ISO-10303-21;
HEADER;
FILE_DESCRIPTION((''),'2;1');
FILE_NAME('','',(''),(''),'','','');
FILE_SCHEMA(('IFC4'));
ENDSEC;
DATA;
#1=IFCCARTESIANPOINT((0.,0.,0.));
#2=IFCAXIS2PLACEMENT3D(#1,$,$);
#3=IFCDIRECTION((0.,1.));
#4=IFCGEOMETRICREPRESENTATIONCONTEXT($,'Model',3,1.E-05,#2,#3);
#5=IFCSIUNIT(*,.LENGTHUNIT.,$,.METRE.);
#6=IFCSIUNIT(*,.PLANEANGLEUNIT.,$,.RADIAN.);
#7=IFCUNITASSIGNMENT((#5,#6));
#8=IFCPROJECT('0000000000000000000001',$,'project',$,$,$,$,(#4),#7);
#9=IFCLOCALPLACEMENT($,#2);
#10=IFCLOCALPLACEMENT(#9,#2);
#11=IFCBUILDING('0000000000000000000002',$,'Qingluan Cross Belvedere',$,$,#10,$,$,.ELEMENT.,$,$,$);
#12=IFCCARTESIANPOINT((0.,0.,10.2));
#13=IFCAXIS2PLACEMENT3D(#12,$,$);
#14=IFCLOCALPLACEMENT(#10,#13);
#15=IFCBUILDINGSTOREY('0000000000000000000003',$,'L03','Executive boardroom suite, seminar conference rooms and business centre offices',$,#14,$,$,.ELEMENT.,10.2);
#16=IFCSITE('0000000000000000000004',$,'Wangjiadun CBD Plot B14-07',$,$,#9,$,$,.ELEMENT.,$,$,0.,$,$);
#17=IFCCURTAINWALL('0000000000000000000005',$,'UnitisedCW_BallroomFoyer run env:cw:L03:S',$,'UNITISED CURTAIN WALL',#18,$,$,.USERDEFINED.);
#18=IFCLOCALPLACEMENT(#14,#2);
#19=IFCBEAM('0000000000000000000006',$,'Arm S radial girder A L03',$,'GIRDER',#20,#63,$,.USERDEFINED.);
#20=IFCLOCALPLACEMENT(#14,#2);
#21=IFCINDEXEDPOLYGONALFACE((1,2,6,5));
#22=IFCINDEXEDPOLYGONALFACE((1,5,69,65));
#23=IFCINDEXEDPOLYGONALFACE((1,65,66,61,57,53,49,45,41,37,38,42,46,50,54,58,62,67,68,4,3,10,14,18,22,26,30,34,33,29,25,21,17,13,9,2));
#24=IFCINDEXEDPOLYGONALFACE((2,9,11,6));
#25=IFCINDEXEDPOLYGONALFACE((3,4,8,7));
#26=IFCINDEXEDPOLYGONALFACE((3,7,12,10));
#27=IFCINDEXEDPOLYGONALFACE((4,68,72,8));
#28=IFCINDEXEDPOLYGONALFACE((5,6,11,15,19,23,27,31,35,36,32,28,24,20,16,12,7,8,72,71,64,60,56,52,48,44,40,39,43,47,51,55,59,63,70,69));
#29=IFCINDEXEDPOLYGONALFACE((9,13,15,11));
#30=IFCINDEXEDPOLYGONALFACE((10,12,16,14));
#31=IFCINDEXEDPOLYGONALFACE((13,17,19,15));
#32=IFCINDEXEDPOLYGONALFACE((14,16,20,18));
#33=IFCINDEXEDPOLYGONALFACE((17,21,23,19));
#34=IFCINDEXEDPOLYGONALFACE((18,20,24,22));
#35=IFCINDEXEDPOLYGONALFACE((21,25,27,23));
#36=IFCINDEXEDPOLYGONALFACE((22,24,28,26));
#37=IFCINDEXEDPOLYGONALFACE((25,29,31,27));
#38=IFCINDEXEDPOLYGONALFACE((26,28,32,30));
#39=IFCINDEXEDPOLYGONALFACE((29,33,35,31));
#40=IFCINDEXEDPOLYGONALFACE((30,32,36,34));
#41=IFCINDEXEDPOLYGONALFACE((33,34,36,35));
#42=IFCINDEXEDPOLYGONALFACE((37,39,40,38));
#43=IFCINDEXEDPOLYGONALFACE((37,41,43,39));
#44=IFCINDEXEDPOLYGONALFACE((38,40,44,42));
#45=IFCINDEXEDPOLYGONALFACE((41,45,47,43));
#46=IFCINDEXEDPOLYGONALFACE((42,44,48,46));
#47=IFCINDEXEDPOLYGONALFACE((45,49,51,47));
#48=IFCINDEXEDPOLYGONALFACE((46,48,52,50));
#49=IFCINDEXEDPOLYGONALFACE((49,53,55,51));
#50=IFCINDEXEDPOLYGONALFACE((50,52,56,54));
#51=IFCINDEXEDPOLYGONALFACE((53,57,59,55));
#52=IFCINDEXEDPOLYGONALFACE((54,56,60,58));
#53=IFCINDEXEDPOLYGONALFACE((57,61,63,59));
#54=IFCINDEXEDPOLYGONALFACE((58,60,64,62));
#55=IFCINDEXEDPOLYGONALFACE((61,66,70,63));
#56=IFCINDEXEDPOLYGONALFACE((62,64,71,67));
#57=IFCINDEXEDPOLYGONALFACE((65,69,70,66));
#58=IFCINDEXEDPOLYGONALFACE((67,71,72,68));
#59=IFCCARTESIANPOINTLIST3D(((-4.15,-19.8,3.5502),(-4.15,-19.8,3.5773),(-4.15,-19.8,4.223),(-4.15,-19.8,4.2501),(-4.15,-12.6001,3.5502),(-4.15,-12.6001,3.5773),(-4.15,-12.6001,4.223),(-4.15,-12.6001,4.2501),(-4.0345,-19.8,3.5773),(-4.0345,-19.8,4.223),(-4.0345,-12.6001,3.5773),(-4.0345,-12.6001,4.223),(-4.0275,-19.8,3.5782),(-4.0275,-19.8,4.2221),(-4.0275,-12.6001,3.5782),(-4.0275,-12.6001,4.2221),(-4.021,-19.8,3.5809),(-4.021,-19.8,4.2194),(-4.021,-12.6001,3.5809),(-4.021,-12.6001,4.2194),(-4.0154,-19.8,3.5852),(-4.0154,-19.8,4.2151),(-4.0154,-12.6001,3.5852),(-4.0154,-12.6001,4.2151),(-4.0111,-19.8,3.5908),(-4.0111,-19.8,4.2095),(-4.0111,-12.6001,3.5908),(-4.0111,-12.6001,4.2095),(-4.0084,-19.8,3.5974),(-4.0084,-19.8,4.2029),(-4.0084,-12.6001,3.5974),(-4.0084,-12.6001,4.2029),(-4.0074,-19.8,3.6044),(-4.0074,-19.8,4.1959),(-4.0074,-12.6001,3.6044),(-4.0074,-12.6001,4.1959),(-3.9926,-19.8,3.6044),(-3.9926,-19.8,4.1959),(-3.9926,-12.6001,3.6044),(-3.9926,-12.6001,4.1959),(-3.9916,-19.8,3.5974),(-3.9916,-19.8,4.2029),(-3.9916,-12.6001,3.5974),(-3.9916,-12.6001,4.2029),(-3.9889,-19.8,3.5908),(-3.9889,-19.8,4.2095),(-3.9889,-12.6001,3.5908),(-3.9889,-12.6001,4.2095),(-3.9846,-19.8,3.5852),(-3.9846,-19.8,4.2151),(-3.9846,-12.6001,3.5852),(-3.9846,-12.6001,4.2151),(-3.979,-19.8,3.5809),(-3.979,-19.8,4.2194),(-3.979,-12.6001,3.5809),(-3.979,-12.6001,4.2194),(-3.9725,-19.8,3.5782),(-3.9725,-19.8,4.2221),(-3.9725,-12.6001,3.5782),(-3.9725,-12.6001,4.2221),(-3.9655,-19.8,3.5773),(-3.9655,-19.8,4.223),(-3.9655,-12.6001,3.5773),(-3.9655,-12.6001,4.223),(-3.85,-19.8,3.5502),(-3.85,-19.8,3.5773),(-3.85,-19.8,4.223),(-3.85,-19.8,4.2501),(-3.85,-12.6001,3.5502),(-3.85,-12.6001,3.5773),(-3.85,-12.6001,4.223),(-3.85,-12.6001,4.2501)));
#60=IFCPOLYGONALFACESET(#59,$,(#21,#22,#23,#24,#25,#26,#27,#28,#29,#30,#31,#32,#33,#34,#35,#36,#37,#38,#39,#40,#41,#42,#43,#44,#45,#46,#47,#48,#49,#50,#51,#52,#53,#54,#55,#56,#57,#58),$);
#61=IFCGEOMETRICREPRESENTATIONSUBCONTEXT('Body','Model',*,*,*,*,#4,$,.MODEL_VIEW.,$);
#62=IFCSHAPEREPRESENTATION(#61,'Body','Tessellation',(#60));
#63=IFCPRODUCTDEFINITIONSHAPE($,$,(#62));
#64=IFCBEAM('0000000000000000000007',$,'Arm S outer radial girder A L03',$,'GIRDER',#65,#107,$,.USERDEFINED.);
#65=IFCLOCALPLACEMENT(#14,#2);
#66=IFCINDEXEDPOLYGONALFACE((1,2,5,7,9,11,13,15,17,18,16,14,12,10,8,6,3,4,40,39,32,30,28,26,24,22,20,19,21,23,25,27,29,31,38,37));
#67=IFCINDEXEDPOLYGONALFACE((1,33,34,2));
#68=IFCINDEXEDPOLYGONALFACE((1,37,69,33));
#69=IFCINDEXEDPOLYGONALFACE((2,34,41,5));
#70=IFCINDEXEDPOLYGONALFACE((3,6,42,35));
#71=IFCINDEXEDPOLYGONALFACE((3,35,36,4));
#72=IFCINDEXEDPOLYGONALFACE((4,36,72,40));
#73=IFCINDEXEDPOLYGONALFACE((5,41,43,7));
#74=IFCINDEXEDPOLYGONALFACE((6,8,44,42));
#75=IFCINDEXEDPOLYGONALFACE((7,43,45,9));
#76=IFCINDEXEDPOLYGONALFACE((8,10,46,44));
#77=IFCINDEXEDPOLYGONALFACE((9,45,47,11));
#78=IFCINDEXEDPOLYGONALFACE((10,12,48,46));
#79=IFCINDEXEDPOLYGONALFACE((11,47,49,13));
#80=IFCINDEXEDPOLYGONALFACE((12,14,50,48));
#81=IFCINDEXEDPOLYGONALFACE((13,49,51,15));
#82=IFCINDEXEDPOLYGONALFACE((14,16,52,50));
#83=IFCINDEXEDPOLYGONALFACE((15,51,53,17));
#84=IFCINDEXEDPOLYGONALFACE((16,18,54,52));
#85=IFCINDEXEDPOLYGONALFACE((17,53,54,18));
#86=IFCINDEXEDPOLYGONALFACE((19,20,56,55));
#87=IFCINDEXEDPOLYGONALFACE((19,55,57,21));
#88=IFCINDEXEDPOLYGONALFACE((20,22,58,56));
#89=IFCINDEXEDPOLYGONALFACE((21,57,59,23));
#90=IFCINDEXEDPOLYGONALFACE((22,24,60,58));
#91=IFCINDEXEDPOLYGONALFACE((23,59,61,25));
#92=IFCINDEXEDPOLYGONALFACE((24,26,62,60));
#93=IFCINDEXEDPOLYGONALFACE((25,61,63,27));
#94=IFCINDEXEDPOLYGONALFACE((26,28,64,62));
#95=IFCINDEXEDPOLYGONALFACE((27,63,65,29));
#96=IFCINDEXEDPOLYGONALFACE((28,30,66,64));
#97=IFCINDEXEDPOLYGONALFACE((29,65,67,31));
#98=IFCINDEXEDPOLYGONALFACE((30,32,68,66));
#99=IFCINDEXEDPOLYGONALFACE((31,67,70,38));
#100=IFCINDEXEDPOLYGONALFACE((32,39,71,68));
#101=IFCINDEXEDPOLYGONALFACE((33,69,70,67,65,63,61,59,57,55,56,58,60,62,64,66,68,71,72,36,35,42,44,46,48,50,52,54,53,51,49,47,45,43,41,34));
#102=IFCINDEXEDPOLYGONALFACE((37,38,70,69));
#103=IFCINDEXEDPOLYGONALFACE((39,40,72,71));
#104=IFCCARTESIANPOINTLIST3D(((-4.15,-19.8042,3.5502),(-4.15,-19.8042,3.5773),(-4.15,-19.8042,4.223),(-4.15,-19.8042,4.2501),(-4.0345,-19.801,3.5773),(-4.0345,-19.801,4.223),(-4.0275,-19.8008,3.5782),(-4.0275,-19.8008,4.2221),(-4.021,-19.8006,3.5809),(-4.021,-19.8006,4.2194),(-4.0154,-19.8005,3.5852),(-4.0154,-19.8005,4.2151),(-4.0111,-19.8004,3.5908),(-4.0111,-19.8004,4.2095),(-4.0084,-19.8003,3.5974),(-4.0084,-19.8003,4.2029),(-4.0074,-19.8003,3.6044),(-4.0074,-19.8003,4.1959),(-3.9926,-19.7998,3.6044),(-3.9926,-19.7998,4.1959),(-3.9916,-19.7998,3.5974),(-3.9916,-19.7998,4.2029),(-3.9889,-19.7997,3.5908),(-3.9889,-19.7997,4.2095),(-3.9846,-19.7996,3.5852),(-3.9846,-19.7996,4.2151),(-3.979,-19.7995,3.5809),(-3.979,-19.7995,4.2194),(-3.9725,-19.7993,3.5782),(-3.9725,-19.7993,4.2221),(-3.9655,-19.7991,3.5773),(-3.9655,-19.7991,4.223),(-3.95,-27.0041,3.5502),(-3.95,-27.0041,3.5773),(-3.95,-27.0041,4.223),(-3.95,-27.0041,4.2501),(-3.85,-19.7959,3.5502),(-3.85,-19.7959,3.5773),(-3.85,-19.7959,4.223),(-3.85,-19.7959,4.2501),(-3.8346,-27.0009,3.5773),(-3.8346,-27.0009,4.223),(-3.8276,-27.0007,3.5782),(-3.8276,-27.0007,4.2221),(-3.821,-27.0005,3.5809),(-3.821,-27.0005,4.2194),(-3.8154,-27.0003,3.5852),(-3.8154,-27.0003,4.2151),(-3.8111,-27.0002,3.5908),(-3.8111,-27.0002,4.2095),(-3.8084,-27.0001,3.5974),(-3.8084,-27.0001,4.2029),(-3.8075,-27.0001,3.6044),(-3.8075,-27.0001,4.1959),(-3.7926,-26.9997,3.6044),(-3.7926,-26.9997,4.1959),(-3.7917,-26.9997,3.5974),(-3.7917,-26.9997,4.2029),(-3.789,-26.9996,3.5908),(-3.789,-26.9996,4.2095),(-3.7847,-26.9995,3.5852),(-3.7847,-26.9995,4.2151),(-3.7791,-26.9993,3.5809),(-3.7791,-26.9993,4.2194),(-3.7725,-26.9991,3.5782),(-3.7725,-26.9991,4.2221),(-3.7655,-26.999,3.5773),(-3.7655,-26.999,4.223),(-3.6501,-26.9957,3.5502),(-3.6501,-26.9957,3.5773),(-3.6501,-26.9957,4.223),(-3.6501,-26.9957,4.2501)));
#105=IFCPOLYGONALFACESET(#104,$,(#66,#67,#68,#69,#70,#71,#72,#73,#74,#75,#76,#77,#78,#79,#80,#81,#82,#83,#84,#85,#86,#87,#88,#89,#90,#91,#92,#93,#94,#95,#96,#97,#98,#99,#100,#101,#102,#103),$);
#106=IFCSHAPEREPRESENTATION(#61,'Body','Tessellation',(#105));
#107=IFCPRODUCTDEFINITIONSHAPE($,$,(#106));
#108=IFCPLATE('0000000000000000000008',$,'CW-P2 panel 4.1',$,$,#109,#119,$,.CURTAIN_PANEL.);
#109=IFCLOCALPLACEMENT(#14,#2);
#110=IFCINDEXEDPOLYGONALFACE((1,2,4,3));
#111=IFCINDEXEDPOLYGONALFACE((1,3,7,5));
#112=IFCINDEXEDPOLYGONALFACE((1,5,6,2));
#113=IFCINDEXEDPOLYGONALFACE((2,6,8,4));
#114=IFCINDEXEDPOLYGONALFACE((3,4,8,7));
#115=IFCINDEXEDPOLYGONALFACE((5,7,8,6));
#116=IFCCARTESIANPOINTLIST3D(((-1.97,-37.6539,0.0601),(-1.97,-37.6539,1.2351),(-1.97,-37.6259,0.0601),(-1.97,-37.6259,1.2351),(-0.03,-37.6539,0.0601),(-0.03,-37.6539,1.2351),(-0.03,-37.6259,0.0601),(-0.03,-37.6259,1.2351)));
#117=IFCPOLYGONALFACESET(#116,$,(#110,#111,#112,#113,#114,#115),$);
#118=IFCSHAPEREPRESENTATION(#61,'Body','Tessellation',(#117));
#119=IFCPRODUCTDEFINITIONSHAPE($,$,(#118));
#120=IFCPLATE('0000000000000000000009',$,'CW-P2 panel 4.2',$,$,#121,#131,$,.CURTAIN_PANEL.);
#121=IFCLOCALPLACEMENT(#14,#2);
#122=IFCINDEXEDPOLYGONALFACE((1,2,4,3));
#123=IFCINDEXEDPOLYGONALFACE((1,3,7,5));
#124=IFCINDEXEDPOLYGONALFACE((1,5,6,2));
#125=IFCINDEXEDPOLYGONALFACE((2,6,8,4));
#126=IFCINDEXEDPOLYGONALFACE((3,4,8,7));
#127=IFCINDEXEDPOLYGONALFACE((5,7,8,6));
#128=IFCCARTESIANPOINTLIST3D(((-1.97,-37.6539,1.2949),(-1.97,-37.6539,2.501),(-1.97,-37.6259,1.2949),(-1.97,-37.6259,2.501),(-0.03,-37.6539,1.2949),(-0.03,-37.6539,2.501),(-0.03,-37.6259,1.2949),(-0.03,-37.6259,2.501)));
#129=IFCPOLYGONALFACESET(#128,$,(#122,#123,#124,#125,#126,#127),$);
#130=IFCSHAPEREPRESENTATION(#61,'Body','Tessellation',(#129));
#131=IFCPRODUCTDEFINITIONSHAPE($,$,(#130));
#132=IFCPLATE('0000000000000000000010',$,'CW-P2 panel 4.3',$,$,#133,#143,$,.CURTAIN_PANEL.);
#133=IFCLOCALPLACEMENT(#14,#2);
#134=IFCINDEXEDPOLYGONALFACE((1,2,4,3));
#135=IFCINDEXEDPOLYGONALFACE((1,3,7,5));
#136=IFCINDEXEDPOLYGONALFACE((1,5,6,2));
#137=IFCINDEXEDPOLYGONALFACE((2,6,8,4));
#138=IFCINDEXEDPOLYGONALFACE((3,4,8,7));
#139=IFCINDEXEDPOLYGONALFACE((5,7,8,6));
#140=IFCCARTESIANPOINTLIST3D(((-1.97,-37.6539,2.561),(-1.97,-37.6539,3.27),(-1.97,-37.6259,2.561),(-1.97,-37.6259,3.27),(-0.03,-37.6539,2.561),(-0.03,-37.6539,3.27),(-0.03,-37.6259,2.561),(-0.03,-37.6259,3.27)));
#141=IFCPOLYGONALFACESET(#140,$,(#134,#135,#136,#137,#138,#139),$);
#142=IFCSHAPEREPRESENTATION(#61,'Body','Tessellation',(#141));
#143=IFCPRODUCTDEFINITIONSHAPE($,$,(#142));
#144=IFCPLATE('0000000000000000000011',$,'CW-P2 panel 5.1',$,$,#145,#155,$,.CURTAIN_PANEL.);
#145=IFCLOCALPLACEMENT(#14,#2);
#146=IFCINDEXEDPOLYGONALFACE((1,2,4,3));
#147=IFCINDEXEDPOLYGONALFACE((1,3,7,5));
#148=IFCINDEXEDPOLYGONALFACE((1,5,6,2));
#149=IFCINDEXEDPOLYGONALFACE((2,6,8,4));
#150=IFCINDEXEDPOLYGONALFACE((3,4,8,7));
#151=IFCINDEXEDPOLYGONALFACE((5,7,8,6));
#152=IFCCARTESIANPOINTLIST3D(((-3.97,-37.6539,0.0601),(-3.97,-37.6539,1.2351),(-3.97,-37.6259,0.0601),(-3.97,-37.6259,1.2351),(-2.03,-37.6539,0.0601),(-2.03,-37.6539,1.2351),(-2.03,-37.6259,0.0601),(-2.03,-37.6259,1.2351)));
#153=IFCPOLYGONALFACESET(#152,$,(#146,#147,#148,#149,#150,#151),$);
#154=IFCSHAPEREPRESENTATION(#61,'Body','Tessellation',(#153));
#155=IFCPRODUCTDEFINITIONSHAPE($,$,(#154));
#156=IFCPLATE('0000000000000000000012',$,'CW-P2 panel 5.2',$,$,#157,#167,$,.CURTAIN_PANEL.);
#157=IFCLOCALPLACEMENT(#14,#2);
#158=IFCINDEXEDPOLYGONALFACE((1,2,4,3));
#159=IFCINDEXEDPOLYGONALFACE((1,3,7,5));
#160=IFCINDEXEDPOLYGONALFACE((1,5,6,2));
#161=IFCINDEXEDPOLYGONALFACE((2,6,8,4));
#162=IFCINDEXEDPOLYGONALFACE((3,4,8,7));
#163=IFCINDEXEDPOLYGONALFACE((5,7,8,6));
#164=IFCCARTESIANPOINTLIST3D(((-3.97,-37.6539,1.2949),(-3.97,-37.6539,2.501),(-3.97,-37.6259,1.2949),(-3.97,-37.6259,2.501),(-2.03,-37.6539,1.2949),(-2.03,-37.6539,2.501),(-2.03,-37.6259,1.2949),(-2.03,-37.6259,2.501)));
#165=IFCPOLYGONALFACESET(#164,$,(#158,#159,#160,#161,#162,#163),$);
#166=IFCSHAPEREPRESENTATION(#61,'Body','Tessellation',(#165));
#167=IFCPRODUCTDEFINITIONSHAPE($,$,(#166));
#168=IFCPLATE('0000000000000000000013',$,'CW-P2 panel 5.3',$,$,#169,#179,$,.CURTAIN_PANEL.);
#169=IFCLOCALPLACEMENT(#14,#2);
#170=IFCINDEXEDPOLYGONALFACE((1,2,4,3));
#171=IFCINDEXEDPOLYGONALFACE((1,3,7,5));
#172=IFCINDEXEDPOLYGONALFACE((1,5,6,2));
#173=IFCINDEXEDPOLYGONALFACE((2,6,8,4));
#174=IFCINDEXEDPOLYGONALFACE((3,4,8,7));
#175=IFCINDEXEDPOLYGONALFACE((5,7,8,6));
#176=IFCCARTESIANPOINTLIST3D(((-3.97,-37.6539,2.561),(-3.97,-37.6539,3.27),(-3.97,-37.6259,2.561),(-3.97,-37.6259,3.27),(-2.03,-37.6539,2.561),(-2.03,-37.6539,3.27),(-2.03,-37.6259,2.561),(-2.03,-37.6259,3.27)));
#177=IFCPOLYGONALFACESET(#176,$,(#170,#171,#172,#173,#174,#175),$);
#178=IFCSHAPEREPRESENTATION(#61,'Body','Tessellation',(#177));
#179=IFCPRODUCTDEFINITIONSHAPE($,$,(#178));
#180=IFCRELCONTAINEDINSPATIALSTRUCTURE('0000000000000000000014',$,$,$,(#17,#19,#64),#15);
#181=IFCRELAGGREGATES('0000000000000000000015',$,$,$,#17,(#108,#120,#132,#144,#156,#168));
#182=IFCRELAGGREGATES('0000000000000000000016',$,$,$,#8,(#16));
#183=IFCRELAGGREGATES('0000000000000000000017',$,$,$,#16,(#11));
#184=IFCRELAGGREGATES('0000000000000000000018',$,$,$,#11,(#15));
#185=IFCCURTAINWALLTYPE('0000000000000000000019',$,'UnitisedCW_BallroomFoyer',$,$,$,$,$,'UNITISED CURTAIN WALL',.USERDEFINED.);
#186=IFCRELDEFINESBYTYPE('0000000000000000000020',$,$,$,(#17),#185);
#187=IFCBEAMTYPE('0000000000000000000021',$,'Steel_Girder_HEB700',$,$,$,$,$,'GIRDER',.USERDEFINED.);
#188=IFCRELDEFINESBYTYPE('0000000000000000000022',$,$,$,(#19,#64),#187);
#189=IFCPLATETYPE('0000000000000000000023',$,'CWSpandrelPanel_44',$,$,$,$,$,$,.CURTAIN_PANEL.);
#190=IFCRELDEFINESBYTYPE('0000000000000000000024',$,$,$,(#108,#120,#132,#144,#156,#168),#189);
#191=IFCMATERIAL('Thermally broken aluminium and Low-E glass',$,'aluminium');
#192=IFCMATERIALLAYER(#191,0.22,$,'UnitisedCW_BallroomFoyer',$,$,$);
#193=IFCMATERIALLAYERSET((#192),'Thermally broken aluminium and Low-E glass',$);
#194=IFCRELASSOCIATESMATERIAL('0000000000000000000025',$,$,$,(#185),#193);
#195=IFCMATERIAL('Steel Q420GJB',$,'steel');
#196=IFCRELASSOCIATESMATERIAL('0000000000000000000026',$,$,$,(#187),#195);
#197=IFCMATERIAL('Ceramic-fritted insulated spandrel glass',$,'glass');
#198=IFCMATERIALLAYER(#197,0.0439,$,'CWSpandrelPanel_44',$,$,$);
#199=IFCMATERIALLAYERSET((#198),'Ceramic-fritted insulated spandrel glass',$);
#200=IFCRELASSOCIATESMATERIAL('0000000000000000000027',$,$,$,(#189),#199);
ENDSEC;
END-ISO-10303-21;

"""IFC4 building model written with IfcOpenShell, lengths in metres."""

from ifc_helpers import new_model, si_unit, direction, frame, origin, origin_2d, place, context, subcontext, project, spatial, rectangle, i_section, extrude, material, layer, layer_set, material_profile, profile_set, type_object, element, aggregate, save


model = new_model("IFC4")

# Units and contexts
model_context = context("Model", 3, precision=1e-05, world=origin(), true_north=direction((0.0, 1.0)))
body_context = subcontext(model_context, "Body", "Model", "MODEL_VIEW")
ifc_project = project(units=[si_unit("LENGTHUNIT", "METRE"), si_unit("PLANEANGLEUNIT", "RADIAN")], contexts=[model_context])

# Site, building, storey
site_placement = place(None, origin())
site = spatial("IfcSite", under=ifc_project, at=site_placement, Name="Wangjiadun CBD Plot B14-07", CompositionType="ELEMENT", RefElevation=0.0)
building_placement = place(site_placement, origin())
building = spatial("IfcBuilding", under=site, at=building_placement, Name="Qingluan Cross Belvedere", CompositionType="ELEMENT")
storey_placement = place(building_placement, frame((0.0, 0.0, 10.2)))
storey = spatial("IfcBuildingStorey", under=building, at=storey_placement, Name="L03", Description="Executive boardroom suite, seminar conference rooms and business centre offices", CompositionType="ELEMENT", Elevation=10.2)

# Curtain wall
ifc_material_1 = material(Name="Thermally broken aluminium and Low-E glass", Category="aluminium")
ifc_layer_1 = layer(ifc_material_1, 0.22, Name="UnitisedCW_BallroomFoyer")
ifc_layer_set_1 = layer_set([ifc_layer_1], Name="Thermally broken aluminium and Low-E glass")
curtain_wall_type = type_object("IfcCurtainWallType", Name="UnitisedCW_BallroomFoyer", ElementType="UNITISED CURTAIN WALL", PredefinedType="USERDEFINED", material=ifc_layer_set_1)
curtain_wall_placement = place(storey_placement, origin())
curtain_wall = element("IfcCurtainWall", 1, at=curtain_wall_placement, inside=storey, type_object=curtain_wall_type, Name="UnitisedCW_BallroomFoyer run env:cw:L03:S", ObjectType="UNITISED CURTAIN WALL", PredefinedType="USERDEFINED")

# Beams
ifc_material_2 = material(Name="Steel Q420GJB", Category="steel")
ifc_material_profile_1 = material_profile(ifc_material_2, i_section(OverallWidth=0.3, OverallDepth=0.7, WebThickness=0.0149, FlangeThickness=0.0271, FilletRadius=0.0271, at=origin_2d()), Name="HEB700")
ifc_profile_set_1 = profile_set([ifc_material_profile_1], Name="Steel Q420GJB")
beam_type_1 = type_object("IfcBeamType", Name="Steel_Girder_HEB700", ElementType="GIRDER", PredefinedType="USERDEFINED", material=ifc_profile_set_1)
beam_1_placement = place(storey_placement, frame((-4.0, -12.6001, 3.9001), z_axis=(0.0, -1.0, 0.0), x_axis=(1.0, 0.0, 0.0)))
element("IfcBeam", 2, at=beam_1_placement, inside=storey, type_object=beam_type_1, Name="Arm S radial girder A L03", ObjectType="GIRDER", PredefinedType="USERDEFINED", context=body_context, shape_type="SweptSolid", body=[
    extrude(i_section(OverallWidth=0.3, OverallDepth=0.7, WebThickness=0.0149, FlangeThickness=0.0271, FilletRadius=0.0271, at=origin_2d()), origin(), (0.0, 0.0, 1.0), 7.2),
])
beam_2_placement = place(storey_placement, frame((-4.0, -19.8, 3.9001), z_axis=(0.02776, -0.999615, 0.0), x_axis=(0.999615, 0.02776, 0.0)))
element("IfcBeam", 3, at=beam_2_placement, inside=storey, type_object=beam_type_1, Name="Arm S outer radial girder A L03", ObjectType="GIRDER", PredefinedType="USERDEFINED", context=body_context, shape_type="SweptSolid", body=[
    extrude(i_section(OverallWidth=0.3, OverallDepth=0.7, WebThickness=0.0149, FlangeThickness=0.0271, FilletRadius=0.0271, at=origin_2d()), origin(), (0.0, 0.0, 1.0), 7.2026),
])

# Plates
ifc_material_3 = material(Name="Ceramic-fritted insulated spandrel glass", Category="glass")
ifc_layer_2 = layer(ifc_material_3, 0.0439, Name="CWSpandrelPanel_44")
ifc_layer_set_2 = layer_set([ifc_layer_2], Name="Ceramic-fritted insulated spandrel glass")
plate_type = type_object("IfcPlateType", Name="CWSpandrelPanel_44", PredefinedType="CURTAIN_PANEL", material=ifc_layer_set_2)
plate_1_placement = place(storey_placement, frame((-1.0, -37.6399, 0.0601), z_axis=(0.0, 0.0, 1.0), x_axis=(-1.0, 0.0, 0.0)))
plate_1 = element("IfcPlate", 4, at=plate_1_placement, type_object=plate_type, Name="CW-P2 panel 4.1", PredefinedType="CURTAIN_PANEL", context=body_context, shape_type="SweptSolid", body=[
    extrude(rectangle(XDim=1.9399, YDim=0.0281, at=origin_2d()), origin(), (0.0, 0.0, 1.0), 1.175),
])
plate_2_placement = place(storey_placement, frame((-1.0, -37.6399, 1.2949), z_axis=(0.0, 0.0, 1.0), x_axis=(-1.0, 0.0, 0.0)))
plate_2 = element("IfcPlate", 5, at=plate_2_placement, type_object=plate_type, Name="CW-P2 panel 4.2", PredefinedType="CURTAIN_PANEL", context=body_context, shape_type="SweptSolid", body=[
    extrude(rectangle(XDim=1.9399, YDim=0.0281, at=origin_2d()), origin(), (0.0, 0.0, 1.0), 1.2061),
])
plate_3_placement = place(storey_placement, frame((-1.0, -37.6399, 2.561), z_axis=(0.0, 0.0, 1.0), x_axis=(-1.0, 0.0, 0.0)))
plate_3 = element("IfcPlate", 6, at=plate_3_placement, type_object=plate_type, Name="CW-P2 panel 4.3", PredefinedType="CURTAIN_PANEL", context=body_context, shape_type="SweptSolid", body=[
    extrude(rectangle(XDim=1.9399, YDim=0.0281, at=origin_2d()), origin(), (0.0, 0.0, 1.0), 0.709),
])
plate_4_placement = place(storey_placement, frame((-3.0, -37.6399, 0.0601), z_axis=(0.0, 0.0, 1.0), x_axis=(-1.0, 0.0, 0.0)))
plate_4 = element("IfcPlate", 7, at=plate_4_placement, type_object=plate_type, Name="CW-P2 panel 5.1", PredefinedType="CURTAIN_PANEL", context=body_context, shape_type="SweptSolid", body=[
    extrude(rectangle(XDim=1.9399, YDim=0.0281, at=origin_2d()), origin(), (0.0, 0.0, 1.0), 1.175),
])
plate_5_placement = place(storey_placement, frame((-3.0, -37.6399, 1.2949), z_axis=(0.0, 0.0, 1.0), x_axis=(-1.0, 0.0, 0.0)))
plate_5 = element("IfcPlate", 8, at=plate_5_placement, type_object=plate_type, Name="CW-P2 panel 5.2", PredefinedType="CURTAIN_PANEL", context=body_context, shape_type="SweptSolid", body=[
    extrude(rectangle(XDim=1.9399, YDim=0.0281, at=origin_2d()), origin(), (0.0, 0.0, 1.0), 1.2061),
])
plate_6_placement = place(storey_placement, frame((-3.0, -37.6399, 2.561), z_axis=(0.0, 0.0, 1.0), x_axis=(-1.0, 0.0, 0.0)))
plate_6 = element("IfcPlate", 9, at=plate_6_placement, type_object=plate_type, Name="CW-P2 panel 5.3", PredefinedType="CURTAIN_PANEL", context=body_context, shape_type="SweptSolid", body=[
    extrude(rectangle(XDim=1.9399, YDim=0.0281, at=origin_2d()), origin(), (0.0, 0.0, 1.0), 0.709),
])
aggregate(curtain_wall, [plate_1, plate_2, plate_3, plate_4, plate_5, plate_6])

save(model, "model.ifc")
